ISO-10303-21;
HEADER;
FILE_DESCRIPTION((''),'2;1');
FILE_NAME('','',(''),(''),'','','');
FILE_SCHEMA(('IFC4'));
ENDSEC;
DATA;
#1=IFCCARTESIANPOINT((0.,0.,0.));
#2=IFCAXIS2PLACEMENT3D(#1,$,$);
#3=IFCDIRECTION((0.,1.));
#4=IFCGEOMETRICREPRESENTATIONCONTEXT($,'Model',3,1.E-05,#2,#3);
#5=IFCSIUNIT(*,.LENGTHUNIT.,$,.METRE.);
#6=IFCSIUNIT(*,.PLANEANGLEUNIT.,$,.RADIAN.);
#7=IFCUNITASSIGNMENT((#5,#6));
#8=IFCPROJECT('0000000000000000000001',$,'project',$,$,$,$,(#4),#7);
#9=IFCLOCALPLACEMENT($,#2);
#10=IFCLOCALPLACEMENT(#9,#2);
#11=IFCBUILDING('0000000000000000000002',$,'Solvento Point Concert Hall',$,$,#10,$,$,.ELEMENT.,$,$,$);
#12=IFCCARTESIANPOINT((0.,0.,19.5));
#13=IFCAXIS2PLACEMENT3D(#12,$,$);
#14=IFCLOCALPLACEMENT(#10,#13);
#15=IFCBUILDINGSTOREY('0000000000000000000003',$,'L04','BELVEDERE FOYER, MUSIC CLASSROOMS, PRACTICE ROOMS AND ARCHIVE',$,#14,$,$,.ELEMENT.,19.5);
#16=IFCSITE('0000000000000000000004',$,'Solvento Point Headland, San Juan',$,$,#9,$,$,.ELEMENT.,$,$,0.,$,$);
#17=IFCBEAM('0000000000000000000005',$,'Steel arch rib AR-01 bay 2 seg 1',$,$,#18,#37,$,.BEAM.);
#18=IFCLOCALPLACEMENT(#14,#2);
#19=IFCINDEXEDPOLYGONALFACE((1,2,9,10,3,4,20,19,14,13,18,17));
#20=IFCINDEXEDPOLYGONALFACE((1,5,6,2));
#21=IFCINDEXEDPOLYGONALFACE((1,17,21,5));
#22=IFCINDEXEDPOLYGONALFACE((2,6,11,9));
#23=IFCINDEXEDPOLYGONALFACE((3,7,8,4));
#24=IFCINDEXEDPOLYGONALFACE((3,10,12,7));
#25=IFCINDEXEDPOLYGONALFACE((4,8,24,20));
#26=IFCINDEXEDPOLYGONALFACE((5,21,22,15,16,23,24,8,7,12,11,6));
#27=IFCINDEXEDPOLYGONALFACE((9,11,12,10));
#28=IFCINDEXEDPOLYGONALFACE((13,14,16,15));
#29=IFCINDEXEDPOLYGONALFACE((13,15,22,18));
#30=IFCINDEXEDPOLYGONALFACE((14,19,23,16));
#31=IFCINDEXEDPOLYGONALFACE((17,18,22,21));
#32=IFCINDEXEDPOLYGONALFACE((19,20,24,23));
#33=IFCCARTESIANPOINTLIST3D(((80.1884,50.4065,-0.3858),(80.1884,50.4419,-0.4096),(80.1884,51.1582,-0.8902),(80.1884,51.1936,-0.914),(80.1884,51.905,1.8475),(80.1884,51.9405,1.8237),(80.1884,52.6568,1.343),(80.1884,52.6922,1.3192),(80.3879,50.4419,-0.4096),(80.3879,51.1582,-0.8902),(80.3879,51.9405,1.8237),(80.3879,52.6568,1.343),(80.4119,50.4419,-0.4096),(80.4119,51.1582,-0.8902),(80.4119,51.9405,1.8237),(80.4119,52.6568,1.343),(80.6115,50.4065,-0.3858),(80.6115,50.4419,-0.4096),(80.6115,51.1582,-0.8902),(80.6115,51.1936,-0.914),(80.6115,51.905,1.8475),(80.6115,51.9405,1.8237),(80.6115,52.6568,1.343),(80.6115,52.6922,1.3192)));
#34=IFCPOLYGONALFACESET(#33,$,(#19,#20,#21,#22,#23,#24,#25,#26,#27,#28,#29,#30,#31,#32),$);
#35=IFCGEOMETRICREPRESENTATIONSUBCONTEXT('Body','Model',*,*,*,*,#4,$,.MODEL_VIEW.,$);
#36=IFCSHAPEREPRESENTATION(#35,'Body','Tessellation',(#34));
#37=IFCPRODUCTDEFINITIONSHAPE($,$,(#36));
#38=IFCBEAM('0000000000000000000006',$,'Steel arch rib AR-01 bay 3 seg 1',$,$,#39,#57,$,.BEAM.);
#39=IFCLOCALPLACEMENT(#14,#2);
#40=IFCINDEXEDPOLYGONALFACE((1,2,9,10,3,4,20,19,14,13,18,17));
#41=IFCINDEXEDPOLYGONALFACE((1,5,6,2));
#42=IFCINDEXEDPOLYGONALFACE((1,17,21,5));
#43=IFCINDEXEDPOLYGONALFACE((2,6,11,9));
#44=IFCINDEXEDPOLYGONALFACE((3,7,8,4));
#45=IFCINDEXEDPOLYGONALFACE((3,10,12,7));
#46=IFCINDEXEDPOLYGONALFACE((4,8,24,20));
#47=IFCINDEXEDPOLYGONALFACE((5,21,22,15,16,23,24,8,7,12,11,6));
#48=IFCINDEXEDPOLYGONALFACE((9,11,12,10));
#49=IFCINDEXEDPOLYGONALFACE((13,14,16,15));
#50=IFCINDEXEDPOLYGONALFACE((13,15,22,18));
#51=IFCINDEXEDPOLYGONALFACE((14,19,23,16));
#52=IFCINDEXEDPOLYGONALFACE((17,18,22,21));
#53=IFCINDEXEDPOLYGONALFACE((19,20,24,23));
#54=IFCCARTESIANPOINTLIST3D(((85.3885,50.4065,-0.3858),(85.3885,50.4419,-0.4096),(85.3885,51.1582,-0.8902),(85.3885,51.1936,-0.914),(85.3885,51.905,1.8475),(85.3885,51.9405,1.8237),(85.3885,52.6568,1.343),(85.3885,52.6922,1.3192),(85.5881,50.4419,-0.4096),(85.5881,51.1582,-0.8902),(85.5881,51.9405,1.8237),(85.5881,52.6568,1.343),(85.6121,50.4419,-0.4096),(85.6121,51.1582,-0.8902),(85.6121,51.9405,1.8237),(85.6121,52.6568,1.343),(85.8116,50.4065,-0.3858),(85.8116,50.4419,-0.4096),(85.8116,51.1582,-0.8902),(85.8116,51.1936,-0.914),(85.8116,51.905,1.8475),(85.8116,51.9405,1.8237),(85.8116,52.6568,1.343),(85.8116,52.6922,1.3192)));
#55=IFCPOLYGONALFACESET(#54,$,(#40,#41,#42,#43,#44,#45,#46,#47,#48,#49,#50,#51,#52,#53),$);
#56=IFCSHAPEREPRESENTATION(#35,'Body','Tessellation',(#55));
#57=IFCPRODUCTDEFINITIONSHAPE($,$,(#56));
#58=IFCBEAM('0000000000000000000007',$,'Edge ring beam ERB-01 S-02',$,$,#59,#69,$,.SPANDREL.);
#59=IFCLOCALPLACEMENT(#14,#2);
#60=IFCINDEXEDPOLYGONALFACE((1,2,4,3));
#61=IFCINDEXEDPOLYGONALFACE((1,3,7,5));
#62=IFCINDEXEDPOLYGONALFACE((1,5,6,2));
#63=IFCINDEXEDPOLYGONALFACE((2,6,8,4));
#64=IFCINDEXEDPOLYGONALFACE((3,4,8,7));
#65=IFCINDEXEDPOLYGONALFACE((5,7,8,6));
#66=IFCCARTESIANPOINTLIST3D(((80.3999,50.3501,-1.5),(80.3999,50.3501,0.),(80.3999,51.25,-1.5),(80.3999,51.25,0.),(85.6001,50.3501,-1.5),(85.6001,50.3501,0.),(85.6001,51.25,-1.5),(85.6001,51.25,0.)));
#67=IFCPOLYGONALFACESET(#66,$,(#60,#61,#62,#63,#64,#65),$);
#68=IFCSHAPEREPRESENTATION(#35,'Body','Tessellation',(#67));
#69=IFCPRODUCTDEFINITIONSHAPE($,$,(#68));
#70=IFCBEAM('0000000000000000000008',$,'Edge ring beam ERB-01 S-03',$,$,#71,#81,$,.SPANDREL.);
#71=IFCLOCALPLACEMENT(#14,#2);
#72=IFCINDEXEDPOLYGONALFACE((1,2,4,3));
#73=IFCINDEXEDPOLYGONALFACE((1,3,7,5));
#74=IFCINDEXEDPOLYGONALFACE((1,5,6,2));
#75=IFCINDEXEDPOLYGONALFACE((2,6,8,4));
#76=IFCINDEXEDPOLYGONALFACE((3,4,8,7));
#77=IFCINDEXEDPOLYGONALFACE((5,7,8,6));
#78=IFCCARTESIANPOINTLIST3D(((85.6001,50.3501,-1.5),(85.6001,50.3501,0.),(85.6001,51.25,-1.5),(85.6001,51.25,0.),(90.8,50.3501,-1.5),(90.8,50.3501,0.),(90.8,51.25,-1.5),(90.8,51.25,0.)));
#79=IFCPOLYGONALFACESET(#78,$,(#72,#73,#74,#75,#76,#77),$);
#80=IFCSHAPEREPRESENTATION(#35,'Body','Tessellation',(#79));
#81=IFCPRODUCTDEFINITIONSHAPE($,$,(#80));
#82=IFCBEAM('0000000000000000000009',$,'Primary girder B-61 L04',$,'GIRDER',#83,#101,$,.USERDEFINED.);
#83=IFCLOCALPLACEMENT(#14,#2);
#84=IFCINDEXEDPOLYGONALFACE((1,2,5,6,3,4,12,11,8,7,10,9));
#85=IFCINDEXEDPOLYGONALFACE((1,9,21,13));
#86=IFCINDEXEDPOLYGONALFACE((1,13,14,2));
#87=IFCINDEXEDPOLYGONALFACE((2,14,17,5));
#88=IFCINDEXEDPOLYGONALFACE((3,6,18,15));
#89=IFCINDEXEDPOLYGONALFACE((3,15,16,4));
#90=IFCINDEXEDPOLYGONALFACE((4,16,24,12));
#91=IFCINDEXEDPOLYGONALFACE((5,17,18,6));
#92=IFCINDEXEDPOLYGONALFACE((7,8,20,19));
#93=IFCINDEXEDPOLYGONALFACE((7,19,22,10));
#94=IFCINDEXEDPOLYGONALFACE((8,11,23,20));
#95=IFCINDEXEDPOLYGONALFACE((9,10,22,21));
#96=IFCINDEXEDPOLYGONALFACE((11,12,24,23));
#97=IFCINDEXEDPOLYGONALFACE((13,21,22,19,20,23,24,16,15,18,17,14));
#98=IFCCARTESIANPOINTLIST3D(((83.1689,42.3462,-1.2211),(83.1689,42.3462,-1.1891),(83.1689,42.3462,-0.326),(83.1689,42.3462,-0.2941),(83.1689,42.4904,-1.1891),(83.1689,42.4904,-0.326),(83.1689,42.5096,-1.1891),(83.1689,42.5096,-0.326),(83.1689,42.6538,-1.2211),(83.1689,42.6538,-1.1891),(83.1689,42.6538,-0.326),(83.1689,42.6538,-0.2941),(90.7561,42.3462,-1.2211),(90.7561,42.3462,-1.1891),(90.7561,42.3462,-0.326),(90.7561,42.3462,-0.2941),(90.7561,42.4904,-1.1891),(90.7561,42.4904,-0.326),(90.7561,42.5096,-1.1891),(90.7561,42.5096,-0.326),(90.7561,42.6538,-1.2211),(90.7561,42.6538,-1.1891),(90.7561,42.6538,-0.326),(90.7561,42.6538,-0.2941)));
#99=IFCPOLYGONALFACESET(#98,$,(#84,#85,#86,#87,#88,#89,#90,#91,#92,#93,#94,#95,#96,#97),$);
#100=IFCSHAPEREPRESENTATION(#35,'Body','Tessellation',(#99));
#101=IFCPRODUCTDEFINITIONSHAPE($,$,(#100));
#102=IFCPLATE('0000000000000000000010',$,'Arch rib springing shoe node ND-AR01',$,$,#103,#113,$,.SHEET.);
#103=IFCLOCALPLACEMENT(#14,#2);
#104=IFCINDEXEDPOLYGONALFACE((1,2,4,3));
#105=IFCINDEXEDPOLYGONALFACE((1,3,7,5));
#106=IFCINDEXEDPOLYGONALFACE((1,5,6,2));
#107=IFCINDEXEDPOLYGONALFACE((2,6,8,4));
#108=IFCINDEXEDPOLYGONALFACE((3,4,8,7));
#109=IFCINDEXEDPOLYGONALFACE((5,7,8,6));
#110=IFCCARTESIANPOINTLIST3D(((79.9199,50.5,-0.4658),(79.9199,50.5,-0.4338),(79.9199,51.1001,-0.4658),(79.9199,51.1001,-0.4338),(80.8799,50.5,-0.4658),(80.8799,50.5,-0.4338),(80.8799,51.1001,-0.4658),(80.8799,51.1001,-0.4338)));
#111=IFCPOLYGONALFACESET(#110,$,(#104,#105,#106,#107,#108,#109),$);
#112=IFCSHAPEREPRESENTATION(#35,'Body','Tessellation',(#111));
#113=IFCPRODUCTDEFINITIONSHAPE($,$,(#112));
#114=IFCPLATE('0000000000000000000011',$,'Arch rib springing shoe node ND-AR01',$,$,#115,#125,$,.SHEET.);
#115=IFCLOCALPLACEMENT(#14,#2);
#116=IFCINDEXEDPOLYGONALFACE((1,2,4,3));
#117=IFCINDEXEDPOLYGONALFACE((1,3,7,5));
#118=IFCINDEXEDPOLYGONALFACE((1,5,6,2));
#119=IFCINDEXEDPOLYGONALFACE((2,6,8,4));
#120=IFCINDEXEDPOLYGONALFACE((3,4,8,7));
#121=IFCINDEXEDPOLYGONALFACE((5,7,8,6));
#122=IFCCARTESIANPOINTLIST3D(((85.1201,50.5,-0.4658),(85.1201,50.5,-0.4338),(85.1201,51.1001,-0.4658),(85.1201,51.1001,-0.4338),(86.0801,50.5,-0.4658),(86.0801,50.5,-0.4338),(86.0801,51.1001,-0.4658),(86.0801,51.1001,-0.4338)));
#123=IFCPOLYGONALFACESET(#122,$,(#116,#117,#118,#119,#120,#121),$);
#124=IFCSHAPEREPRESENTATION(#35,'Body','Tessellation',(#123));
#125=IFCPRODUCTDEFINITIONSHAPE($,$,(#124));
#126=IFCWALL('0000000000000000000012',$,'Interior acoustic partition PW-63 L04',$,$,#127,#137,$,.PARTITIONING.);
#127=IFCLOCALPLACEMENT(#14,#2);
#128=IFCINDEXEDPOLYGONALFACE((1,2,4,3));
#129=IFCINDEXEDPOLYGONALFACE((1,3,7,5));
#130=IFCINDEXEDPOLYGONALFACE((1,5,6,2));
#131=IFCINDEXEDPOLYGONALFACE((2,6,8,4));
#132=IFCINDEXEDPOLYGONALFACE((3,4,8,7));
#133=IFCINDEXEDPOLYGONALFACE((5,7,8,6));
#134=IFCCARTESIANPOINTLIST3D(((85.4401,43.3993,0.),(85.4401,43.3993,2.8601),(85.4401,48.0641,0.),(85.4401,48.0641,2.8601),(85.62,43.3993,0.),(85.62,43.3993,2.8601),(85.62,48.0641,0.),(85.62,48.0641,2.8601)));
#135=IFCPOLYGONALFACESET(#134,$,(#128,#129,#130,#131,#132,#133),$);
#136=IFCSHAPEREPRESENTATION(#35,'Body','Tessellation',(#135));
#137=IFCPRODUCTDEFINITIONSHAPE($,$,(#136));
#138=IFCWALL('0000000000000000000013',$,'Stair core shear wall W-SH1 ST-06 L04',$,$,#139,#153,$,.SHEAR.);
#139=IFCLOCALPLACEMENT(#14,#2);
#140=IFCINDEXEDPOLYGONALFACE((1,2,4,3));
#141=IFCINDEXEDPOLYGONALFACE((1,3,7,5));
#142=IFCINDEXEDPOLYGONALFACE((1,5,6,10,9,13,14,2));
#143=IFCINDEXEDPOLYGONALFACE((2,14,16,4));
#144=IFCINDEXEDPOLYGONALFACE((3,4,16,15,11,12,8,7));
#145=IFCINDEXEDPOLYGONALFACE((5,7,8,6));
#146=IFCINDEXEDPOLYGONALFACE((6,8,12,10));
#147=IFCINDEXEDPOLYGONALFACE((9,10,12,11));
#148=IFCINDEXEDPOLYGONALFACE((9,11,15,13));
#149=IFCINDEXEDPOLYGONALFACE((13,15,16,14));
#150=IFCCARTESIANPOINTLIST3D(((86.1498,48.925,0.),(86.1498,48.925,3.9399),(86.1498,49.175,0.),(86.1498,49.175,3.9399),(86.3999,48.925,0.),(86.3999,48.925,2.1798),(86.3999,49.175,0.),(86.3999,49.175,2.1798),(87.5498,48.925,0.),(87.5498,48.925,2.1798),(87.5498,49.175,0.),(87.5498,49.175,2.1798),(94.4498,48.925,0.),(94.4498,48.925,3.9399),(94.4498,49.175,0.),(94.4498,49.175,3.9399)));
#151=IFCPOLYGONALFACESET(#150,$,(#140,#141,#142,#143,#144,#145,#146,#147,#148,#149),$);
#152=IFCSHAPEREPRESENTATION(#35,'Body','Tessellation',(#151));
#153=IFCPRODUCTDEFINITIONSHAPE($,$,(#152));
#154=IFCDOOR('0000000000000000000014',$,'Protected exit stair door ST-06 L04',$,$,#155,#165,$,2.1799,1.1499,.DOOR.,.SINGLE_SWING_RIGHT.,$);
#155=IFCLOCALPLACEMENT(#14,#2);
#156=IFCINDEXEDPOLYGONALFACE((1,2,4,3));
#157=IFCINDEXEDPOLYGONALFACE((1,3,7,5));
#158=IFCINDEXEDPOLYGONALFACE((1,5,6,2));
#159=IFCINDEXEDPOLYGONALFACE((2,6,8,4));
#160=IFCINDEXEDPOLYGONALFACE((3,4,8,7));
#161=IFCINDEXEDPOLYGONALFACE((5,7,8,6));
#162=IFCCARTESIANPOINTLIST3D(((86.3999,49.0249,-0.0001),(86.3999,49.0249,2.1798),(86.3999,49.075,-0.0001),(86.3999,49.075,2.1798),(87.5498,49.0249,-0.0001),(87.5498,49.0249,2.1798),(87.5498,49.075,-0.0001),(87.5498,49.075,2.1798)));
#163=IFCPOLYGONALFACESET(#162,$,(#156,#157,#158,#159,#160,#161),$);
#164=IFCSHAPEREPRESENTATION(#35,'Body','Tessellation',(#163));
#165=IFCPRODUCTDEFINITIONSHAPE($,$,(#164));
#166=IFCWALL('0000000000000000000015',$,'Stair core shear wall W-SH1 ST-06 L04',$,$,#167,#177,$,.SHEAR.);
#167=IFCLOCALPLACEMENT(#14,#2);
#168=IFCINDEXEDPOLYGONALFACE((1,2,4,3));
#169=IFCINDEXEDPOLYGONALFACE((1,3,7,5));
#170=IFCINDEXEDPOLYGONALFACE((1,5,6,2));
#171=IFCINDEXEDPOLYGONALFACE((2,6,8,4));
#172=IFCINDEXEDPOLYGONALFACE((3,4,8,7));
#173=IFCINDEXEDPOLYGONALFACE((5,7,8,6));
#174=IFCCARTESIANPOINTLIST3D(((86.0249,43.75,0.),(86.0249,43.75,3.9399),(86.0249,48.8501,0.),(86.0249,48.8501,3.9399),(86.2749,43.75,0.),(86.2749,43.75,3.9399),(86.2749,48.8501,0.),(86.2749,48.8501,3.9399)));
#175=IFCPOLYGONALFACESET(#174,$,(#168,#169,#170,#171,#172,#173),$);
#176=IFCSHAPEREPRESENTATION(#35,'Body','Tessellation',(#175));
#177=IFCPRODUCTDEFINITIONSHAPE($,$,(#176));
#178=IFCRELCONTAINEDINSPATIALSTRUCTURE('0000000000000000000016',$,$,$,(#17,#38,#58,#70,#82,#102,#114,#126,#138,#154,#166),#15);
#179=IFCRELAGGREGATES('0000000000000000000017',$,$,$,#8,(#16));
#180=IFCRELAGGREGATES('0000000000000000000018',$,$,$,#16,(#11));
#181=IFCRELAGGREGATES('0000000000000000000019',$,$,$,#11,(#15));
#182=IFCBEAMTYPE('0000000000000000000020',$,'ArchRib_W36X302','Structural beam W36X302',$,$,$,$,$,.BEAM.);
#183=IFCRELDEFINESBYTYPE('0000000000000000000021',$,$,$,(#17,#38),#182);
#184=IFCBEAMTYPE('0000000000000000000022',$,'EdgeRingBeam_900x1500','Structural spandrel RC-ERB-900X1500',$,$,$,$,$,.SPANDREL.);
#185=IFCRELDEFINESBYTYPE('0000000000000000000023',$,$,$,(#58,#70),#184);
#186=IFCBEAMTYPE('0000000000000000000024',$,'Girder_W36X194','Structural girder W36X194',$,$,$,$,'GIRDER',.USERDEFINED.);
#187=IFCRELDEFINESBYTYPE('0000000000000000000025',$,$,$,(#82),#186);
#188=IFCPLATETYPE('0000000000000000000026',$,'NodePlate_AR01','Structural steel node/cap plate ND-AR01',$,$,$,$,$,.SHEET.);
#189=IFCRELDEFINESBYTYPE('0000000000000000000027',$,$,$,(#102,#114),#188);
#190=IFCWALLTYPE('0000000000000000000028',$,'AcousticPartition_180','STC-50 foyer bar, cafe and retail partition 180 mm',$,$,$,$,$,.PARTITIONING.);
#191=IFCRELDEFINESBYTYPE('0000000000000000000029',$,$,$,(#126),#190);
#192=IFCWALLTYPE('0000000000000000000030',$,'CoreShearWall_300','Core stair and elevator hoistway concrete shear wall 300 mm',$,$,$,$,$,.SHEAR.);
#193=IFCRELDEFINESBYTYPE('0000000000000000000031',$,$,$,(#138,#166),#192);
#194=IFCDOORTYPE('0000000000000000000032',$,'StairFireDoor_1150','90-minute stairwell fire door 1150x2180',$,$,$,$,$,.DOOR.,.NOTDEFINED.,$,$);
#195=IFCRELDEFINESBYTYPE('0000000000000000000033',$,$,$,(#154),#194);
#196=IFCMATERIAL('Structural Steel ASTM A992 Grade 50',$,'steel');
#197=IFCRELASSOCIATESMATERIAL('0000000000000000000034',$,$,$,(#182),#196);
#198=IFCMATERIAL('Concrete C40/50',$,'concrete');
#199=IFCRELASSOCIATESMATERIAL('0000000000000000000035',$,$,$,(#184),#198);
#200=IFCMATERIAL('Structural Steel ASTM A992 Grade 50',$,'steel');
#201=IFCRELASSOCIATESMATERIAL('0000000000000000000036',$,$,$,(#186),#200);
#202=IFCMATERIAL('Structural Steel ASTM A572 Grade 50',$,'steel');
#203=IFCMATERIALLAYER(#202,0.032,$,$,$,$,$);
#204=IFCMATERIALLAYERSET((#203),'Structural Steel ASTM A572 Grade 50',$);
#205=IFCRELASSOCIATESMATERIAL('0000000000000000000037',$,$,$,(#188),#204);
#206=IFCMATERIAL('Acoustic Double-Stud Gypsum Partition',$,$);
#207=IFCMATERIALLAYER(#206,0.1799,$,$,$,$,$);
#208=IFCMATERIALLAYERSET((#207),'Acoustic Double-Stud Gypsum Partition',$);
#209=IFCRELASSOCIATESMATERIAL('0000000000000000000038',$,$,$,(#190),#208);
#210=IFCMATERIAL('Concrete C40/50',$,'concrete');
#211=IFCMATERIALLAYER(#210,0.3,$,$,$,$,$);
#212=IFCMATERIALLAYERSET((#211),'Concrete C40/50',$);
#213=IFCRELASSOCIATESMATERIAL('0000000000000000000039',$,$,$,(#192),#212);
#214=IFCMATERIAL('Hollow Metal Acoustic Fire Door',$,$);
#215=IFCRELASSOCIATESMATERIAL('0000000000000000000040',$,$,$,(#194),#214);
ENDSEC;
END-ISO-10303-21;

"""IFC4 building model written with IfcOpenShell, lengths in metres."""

from ifc_helpers import new_model, si_unit, direction, frame, frame_2d, origin, origin_2d, place, context, subcontext, project, spatial, rectangle, i_section, extrude, material, layer, layer_set, material_profile, profile_set, type_object, element, fill, save


model = new_model("IFC4")

# Units and contexts
model_context = context("Model", 3, precision=1e-05, world=origin(), true_north=direction((0.0, 1.0)))
body_context = subcontext(model_context, "Body", "Model", "MODEL_VIEW")
ifc_project = project(units=[si_unit("LENGTHUNIT", "METRE"), si_unit("PLANEANGLEUNIT", "RADIAN")], contexts=[model_context])

# Site, building, storey
site_placement = place(None, origin())
site = spatial("IfcSite", under=ifc_project, at=site_placement, Name="Solvento Point Headland, San Juan", CompositionType="ELEMENT", RefElevation=0.0)
building_placement = place(site_placement, origin())
building = spatial("IfcBuilding", under=site, at=building_placement, Name="Solvento Point Concert Hall", CompositionType="ELEMENT")
storey_placement = place(building_placement, frame((0.0, 0.0, 19.5)))
storey = spatial("IfcBuildingStorey", under=building, at=storey_placement, Name="L04", Description="BELVEDERE FOYER, MUSIC CLASSROOMS, PRACTICE ROOMS AND ARCHIVE", CompositionType="ELEMENT", Elevation=19.5)

# Beams
ifc_material_1 = material(Name="Structural Steel ASTM A992 Grade 50", Category="steel")
ifc_material_profile_1 = material_profile(ifc_material_1, i_section(OverallWidth=0.4231, OverallDepth=0.948, WebThickness=0.0239, FlangeThickness=0.0427, at=origin_2d()), Name="W36X302")
ifc_profile_set_1 = profile_set([ifc_material_profile_1], Name="Structural Steel ASTM A992 Grade 50")
beam_type_1 = type_object("IfcBeamType", Name="ArchRib_W36X302", Description="Structural beam W36X302", PredefinedType="BEAM", material=ifc_profile_set_1)
for number, where, z_axis, x_axis, name in (
    (1, (80.3999, 50.8, -0.6499), (0.0, 0.557212, 0.830371), (-1.0, 0.0, 0.0), "Steel arch rib AR-01 bay 2 seg 1"),
    (2, (85.6001, 50.8, -0.6499), (0.0, 0.557212, 0.830371), (-1.0, 0.0, 0.0), "Steel arch rib AR-01 bay 3 seg 1"),
):
    element("IfcBeam", number, at=place(storey_placement, frame(where, z_axis=z_axis, x_axis=x_axis)), inside=storey, type_object=beam_type_1, Name=name, PredefinedType="BEAM", context=body_context, shape_type="SweptSolid", body=[
        extrude(i_section(OverallWidth=0.4231, OverallDepth=0.948, WebThickness=0.0239, FlangeThickness=0.0427, at=origin_2d()), origin(), (0.0, 0.0, 1.0), 2.6895),
    ])
ifc_material_2 = material(Name="Concrete C40/50", Category="concrete")
ifc_material_profile_2 = material_profile(ifc_material_2, rectangle(XDim=0.8999, YDim=1.5, at=origin_2d()), Name="RC-ERB-900X1500")
ifc_profile_set_2 = profile_set([ifc_material_profile_2], Name="Concrete C40/50")
beam_type_2 = type_object("IfcBeamType", Name="EdgeRingBeam_900x1500", Description="Structural spandrel RC-ERB-900X1500", PredefinedType="SPANDREL", material=ifc_profile_set_2)
beam_1_placement = place(storey_placement, frame((80.3999, 50.8, -0.75), z_axis=(1.0, 0.0, 0.0), x_axis=(0.0, 1.0, 0.0)))
element("IfcBeam", 3, at=beam_1_placement, inside=storey, type_object=beam_type_2, Name="Edge ring beam ERB-01 S-02", PredefinedType="SPANDREL", context=body_context, shape_type="SweptSolid", body=[
    extrude(rectangle(XDim=0.8999, YDim=1.5, at=origin_2d()), origin(), (0.0, 0.0, 1.0), 5.2002),
])
beam_2_placement = place(storey_placement, frame((85.6001, 50.8, -0.75), z_axis=(1.0, 0.0, 0.0), x_axis=(0.0, 1.0, 0.0)))
element("IfcBeam", 4, at=beam_2_placement, inside=storey, type_object=beam_type_2, Name="Edge ring beam ERB-01 S-03", PredefinedType="SPANDREL", context=body_context, shape_type="SweptSolid", body=[
    extrude(rectangle(XDim=0.8999, YDim=1.5, at=origin_2d()), origin(), (0.0, 0.0, 1.0), 5.2),
])
ifc_material_3 = material(Name="Structural Steel ASTM A992 Grade 50", Category="steel")
ifc_material_profile_3 = material_profile(ifc_material_3, i_section(OverallWidth=0.3076, OverallDepth=0.927, WebThickness=0.0193, FlangeThickness=0.032, at=origin_2d()), Name="W36X194")
ifc_profile_set_3 = profile_set([ifc_material_profile_3], Name="Structural Steel ASTM A992 Grade 50")
beam_type_3 = type_object("IfcBeamType", Name="Girder_W36X194", Description="Structural girder W36X194", ElementType="GIRDER", PredefinedType="USERDEFINED", material=ifc_profile_set_3)
beam_3_placement = place(storey_placement, frame((83.1689, 42.5, -0.7576), z_axis=(1.0, 0.0, 0.0), x_axis=(0.0, 1.0, 0.0)))
element("IfcBeam", 5, at=beam_3_placement, inside=storey, type_object=beam_type_3, Name="Primary girder B-61 L04", ObjectType="GIRDER", PredefinedType="USERDEFINED", context=body_context, shape_type="SweptSolid", body=[
    extrude(i_section(OverallWidth=0.3076, OverallDepth=0.927, WebThickness=0.0193, FlangeThickness=0.032, at=origin_2d()), origin(), (0.0, 0.0, 1.0), 7.5872),
])

# Plates
ifc_material_4 = material(Name="Structural Steel ASTM A572 Grade 50", Category="steel")
ifc_layer_1 = layer(ifc_material_4, 0.032)
ifc_layer_set_1 = layer_set([ifc_layer_1], Name="Structural Steel ASTM A572 Grade 50")
plate_type = type_object("IfcPlateType", Name="NodePlate_AR01", Description="Structural steel node/cap plate ND-AR01", PredefinedType="SHEET", material=ifc_layer_set_1)
for number, where, z_axis, x_axis, name in (
    (6, (80.3999, 50.8, -0.4658), (0.0, 0.0, 1.0), (1.0, 0.0, 0.0), "Arch rib springing shoe node ND-AR01"),
    (7, (85.6001, 50.8, -0.4658), (0.0, 0.0, 1.0), (1.0, 0.0, 0.0), "Arch rib springing shoe node ND-AR01"),
):
    element("IfcPlate", number, at=place(storey_placement, frame(where, z_axis=z_axis, x_axis=x_axis)), inside=storey, type_object=plate_type, Name=name, PredefinedType="SHEET", context=body_context, shape_type="SweptSolid", body=[
        extrude(rectangle(XDim=0.96, YDim=0.6001, at=origin_2d()), origin(), (0.0, 0.0, 1.0), 0.032),
    ])

# Shared definitions
ifc_material_5 = material(Name="Acoustic Double-Stud Gypsum Partition")
ifc_layer_2 = layer(ifc_material_5, 0.1799)
ifc_layer_set_2 = layer_set([ifc_layer_2], Name="Acoustic Double-Stud Gypsum Partition")
wall_type_1 = type_object("IfcWallType", Name="AcousticPartition_180", Description="STC-50 foyer bar, cafe and retail partition 180 mm", PredefinedType="PARTITIONING", material=ifc_layer_set_2)

# Wall
wall_1_placement = place(storey_placement, frame((85.53, 48.0642, 0.0), z_axis=(0.0, 0.0, 1.0), x_axis=(0.0, -1.0, 0.0)))
element("IfcWall", 8, at=wall_1_placement, inside=storey, type_object=wall_type_1, Name="Interior acoustic partition PW-63 L04", PredefinedType="PARTITIONING", context=body_context, shape_type="SweptSolid", body=[
    extrude(rectangle(XDim=4.6648, YDim=0.1799, at=frame_2d((2.3325, 0.0))), origin(), (0.0, 0.0, 1.0), 2.8601),
])

# Wall, opening, door
ifc_material_6 = material(Name="Concrete C40/50", Category="concrete")
ifc_layer_3 = layer(ifc_material_6, 0.3)
ifc_layer_set_3 = layer_set([ifc_layer_3], Name="Concrete C40/50")
wall_type_2 = type_object("IfcWallType", Name="CoreShearWall_300", Description="Core stair and elevator hoistway concrete shear wall 300 mm", PredefinedType="SHEAR", material=ifc_layer_set_3)
wall_2_placement = place(storey_placement, frame((86.1499, 49.05, 0.0), z_axis=(0.0, 0.0, 1.0), x_axis=(1.0, 0.0, 0.0)))
wall_2 = element("IfcWall", 9, at=wall_2_placement, inside=storey, type_object=wall_type_2, Name="Stair core shear wall W-SH1 ST-06 L04", PredefinedType="SHEAR", context=body_context, shape_type="SweptSolid", body=[
    extrude(rectangle(XDim=8.3, YDim=0.25, at=frame_2d((4.1499, 0.0))), origin(), (0.0, 0.0, 1.0), 3.9399),
])
opening_1_placement = place(wall_2_placement, frame((0.25, 0.0, 0.0)))
opening_1 = element("IfcOpeningElement", 10, at=opening_1_placement, cuts=wall_2, PredefinedType="OPENING", context=body_context, shape_type="SweptSolid", body=[
    extrude(rectangle(XDim=1.1499, YDim=2.1799, at=frame_2d((0.575, 1.0898))), frame((0.0, 0.135, 0.0), z_axis=(0.0, -1.0, 0.0), x_axis=(1.0, 0.0, 0.0)), (0.0, 0.0, 1.0), 0.27),
])
ifc_material_7 = material(Name="Hollow Metal Acoustic Fire Door")
door_type_1 = type_object("IfcDoorType", Name="StairFireDoor_1150", Description="90-minute stairwell fire door 1150x2180", OperationType="NOTDEFINED", PredefinedType="DOOR", material=ifc_material_7)
door_1_placement = place(opening_1_placement, origin())
door_1 = element("IfcDoor", 11, at=door_1_placement, inside=storey, type_object=door_type_1, Name="Protected exit stair door ST-06 L04", OperationType="SINGLE_SWING_RIGHT", OverallHeight=2.1799, OverallWidth=1.1499, PredefinedType="DOOR", context=body_context, shape_type="SweptSolid", body=[
    extrude(rectangle(XDim=1.1499, YDim=2.1799, at=frame_2d((0.575, 1.0898))), frame((0.0, 0.0249, 0.0), z_axis=(0.0, -1.0, 0.0), x_axis=(1.0, 0.0, 0.0)), (0.0, 0.0, 1.0), 0.05),
])
fill(opening_1, door_1)

# Wall
wall_3_placement = place(storey_placement, frame((86.1499, 43.75, 0.0), z_axis=(0.0, 0.0, 1.0), x_axis=(0.0, 1.0, 0.0)))
element("IfcWall", 12, at=wall_3_placement, inside=storey, type_object=wall_type_2, Name="Stair core shear wall W-SH1 ST-06 L04", PredefinedType="SHEAR", context=body_context, shape_type="SweptSolid", body=[
    extrude(rectangle(XDim=5.1001, YDim=0.25, at=frame_2d((2.55, 0.0))), origin(), (0.0, 0.0, 1.0), 3.9399),
])

save(model, "model.ifc")
